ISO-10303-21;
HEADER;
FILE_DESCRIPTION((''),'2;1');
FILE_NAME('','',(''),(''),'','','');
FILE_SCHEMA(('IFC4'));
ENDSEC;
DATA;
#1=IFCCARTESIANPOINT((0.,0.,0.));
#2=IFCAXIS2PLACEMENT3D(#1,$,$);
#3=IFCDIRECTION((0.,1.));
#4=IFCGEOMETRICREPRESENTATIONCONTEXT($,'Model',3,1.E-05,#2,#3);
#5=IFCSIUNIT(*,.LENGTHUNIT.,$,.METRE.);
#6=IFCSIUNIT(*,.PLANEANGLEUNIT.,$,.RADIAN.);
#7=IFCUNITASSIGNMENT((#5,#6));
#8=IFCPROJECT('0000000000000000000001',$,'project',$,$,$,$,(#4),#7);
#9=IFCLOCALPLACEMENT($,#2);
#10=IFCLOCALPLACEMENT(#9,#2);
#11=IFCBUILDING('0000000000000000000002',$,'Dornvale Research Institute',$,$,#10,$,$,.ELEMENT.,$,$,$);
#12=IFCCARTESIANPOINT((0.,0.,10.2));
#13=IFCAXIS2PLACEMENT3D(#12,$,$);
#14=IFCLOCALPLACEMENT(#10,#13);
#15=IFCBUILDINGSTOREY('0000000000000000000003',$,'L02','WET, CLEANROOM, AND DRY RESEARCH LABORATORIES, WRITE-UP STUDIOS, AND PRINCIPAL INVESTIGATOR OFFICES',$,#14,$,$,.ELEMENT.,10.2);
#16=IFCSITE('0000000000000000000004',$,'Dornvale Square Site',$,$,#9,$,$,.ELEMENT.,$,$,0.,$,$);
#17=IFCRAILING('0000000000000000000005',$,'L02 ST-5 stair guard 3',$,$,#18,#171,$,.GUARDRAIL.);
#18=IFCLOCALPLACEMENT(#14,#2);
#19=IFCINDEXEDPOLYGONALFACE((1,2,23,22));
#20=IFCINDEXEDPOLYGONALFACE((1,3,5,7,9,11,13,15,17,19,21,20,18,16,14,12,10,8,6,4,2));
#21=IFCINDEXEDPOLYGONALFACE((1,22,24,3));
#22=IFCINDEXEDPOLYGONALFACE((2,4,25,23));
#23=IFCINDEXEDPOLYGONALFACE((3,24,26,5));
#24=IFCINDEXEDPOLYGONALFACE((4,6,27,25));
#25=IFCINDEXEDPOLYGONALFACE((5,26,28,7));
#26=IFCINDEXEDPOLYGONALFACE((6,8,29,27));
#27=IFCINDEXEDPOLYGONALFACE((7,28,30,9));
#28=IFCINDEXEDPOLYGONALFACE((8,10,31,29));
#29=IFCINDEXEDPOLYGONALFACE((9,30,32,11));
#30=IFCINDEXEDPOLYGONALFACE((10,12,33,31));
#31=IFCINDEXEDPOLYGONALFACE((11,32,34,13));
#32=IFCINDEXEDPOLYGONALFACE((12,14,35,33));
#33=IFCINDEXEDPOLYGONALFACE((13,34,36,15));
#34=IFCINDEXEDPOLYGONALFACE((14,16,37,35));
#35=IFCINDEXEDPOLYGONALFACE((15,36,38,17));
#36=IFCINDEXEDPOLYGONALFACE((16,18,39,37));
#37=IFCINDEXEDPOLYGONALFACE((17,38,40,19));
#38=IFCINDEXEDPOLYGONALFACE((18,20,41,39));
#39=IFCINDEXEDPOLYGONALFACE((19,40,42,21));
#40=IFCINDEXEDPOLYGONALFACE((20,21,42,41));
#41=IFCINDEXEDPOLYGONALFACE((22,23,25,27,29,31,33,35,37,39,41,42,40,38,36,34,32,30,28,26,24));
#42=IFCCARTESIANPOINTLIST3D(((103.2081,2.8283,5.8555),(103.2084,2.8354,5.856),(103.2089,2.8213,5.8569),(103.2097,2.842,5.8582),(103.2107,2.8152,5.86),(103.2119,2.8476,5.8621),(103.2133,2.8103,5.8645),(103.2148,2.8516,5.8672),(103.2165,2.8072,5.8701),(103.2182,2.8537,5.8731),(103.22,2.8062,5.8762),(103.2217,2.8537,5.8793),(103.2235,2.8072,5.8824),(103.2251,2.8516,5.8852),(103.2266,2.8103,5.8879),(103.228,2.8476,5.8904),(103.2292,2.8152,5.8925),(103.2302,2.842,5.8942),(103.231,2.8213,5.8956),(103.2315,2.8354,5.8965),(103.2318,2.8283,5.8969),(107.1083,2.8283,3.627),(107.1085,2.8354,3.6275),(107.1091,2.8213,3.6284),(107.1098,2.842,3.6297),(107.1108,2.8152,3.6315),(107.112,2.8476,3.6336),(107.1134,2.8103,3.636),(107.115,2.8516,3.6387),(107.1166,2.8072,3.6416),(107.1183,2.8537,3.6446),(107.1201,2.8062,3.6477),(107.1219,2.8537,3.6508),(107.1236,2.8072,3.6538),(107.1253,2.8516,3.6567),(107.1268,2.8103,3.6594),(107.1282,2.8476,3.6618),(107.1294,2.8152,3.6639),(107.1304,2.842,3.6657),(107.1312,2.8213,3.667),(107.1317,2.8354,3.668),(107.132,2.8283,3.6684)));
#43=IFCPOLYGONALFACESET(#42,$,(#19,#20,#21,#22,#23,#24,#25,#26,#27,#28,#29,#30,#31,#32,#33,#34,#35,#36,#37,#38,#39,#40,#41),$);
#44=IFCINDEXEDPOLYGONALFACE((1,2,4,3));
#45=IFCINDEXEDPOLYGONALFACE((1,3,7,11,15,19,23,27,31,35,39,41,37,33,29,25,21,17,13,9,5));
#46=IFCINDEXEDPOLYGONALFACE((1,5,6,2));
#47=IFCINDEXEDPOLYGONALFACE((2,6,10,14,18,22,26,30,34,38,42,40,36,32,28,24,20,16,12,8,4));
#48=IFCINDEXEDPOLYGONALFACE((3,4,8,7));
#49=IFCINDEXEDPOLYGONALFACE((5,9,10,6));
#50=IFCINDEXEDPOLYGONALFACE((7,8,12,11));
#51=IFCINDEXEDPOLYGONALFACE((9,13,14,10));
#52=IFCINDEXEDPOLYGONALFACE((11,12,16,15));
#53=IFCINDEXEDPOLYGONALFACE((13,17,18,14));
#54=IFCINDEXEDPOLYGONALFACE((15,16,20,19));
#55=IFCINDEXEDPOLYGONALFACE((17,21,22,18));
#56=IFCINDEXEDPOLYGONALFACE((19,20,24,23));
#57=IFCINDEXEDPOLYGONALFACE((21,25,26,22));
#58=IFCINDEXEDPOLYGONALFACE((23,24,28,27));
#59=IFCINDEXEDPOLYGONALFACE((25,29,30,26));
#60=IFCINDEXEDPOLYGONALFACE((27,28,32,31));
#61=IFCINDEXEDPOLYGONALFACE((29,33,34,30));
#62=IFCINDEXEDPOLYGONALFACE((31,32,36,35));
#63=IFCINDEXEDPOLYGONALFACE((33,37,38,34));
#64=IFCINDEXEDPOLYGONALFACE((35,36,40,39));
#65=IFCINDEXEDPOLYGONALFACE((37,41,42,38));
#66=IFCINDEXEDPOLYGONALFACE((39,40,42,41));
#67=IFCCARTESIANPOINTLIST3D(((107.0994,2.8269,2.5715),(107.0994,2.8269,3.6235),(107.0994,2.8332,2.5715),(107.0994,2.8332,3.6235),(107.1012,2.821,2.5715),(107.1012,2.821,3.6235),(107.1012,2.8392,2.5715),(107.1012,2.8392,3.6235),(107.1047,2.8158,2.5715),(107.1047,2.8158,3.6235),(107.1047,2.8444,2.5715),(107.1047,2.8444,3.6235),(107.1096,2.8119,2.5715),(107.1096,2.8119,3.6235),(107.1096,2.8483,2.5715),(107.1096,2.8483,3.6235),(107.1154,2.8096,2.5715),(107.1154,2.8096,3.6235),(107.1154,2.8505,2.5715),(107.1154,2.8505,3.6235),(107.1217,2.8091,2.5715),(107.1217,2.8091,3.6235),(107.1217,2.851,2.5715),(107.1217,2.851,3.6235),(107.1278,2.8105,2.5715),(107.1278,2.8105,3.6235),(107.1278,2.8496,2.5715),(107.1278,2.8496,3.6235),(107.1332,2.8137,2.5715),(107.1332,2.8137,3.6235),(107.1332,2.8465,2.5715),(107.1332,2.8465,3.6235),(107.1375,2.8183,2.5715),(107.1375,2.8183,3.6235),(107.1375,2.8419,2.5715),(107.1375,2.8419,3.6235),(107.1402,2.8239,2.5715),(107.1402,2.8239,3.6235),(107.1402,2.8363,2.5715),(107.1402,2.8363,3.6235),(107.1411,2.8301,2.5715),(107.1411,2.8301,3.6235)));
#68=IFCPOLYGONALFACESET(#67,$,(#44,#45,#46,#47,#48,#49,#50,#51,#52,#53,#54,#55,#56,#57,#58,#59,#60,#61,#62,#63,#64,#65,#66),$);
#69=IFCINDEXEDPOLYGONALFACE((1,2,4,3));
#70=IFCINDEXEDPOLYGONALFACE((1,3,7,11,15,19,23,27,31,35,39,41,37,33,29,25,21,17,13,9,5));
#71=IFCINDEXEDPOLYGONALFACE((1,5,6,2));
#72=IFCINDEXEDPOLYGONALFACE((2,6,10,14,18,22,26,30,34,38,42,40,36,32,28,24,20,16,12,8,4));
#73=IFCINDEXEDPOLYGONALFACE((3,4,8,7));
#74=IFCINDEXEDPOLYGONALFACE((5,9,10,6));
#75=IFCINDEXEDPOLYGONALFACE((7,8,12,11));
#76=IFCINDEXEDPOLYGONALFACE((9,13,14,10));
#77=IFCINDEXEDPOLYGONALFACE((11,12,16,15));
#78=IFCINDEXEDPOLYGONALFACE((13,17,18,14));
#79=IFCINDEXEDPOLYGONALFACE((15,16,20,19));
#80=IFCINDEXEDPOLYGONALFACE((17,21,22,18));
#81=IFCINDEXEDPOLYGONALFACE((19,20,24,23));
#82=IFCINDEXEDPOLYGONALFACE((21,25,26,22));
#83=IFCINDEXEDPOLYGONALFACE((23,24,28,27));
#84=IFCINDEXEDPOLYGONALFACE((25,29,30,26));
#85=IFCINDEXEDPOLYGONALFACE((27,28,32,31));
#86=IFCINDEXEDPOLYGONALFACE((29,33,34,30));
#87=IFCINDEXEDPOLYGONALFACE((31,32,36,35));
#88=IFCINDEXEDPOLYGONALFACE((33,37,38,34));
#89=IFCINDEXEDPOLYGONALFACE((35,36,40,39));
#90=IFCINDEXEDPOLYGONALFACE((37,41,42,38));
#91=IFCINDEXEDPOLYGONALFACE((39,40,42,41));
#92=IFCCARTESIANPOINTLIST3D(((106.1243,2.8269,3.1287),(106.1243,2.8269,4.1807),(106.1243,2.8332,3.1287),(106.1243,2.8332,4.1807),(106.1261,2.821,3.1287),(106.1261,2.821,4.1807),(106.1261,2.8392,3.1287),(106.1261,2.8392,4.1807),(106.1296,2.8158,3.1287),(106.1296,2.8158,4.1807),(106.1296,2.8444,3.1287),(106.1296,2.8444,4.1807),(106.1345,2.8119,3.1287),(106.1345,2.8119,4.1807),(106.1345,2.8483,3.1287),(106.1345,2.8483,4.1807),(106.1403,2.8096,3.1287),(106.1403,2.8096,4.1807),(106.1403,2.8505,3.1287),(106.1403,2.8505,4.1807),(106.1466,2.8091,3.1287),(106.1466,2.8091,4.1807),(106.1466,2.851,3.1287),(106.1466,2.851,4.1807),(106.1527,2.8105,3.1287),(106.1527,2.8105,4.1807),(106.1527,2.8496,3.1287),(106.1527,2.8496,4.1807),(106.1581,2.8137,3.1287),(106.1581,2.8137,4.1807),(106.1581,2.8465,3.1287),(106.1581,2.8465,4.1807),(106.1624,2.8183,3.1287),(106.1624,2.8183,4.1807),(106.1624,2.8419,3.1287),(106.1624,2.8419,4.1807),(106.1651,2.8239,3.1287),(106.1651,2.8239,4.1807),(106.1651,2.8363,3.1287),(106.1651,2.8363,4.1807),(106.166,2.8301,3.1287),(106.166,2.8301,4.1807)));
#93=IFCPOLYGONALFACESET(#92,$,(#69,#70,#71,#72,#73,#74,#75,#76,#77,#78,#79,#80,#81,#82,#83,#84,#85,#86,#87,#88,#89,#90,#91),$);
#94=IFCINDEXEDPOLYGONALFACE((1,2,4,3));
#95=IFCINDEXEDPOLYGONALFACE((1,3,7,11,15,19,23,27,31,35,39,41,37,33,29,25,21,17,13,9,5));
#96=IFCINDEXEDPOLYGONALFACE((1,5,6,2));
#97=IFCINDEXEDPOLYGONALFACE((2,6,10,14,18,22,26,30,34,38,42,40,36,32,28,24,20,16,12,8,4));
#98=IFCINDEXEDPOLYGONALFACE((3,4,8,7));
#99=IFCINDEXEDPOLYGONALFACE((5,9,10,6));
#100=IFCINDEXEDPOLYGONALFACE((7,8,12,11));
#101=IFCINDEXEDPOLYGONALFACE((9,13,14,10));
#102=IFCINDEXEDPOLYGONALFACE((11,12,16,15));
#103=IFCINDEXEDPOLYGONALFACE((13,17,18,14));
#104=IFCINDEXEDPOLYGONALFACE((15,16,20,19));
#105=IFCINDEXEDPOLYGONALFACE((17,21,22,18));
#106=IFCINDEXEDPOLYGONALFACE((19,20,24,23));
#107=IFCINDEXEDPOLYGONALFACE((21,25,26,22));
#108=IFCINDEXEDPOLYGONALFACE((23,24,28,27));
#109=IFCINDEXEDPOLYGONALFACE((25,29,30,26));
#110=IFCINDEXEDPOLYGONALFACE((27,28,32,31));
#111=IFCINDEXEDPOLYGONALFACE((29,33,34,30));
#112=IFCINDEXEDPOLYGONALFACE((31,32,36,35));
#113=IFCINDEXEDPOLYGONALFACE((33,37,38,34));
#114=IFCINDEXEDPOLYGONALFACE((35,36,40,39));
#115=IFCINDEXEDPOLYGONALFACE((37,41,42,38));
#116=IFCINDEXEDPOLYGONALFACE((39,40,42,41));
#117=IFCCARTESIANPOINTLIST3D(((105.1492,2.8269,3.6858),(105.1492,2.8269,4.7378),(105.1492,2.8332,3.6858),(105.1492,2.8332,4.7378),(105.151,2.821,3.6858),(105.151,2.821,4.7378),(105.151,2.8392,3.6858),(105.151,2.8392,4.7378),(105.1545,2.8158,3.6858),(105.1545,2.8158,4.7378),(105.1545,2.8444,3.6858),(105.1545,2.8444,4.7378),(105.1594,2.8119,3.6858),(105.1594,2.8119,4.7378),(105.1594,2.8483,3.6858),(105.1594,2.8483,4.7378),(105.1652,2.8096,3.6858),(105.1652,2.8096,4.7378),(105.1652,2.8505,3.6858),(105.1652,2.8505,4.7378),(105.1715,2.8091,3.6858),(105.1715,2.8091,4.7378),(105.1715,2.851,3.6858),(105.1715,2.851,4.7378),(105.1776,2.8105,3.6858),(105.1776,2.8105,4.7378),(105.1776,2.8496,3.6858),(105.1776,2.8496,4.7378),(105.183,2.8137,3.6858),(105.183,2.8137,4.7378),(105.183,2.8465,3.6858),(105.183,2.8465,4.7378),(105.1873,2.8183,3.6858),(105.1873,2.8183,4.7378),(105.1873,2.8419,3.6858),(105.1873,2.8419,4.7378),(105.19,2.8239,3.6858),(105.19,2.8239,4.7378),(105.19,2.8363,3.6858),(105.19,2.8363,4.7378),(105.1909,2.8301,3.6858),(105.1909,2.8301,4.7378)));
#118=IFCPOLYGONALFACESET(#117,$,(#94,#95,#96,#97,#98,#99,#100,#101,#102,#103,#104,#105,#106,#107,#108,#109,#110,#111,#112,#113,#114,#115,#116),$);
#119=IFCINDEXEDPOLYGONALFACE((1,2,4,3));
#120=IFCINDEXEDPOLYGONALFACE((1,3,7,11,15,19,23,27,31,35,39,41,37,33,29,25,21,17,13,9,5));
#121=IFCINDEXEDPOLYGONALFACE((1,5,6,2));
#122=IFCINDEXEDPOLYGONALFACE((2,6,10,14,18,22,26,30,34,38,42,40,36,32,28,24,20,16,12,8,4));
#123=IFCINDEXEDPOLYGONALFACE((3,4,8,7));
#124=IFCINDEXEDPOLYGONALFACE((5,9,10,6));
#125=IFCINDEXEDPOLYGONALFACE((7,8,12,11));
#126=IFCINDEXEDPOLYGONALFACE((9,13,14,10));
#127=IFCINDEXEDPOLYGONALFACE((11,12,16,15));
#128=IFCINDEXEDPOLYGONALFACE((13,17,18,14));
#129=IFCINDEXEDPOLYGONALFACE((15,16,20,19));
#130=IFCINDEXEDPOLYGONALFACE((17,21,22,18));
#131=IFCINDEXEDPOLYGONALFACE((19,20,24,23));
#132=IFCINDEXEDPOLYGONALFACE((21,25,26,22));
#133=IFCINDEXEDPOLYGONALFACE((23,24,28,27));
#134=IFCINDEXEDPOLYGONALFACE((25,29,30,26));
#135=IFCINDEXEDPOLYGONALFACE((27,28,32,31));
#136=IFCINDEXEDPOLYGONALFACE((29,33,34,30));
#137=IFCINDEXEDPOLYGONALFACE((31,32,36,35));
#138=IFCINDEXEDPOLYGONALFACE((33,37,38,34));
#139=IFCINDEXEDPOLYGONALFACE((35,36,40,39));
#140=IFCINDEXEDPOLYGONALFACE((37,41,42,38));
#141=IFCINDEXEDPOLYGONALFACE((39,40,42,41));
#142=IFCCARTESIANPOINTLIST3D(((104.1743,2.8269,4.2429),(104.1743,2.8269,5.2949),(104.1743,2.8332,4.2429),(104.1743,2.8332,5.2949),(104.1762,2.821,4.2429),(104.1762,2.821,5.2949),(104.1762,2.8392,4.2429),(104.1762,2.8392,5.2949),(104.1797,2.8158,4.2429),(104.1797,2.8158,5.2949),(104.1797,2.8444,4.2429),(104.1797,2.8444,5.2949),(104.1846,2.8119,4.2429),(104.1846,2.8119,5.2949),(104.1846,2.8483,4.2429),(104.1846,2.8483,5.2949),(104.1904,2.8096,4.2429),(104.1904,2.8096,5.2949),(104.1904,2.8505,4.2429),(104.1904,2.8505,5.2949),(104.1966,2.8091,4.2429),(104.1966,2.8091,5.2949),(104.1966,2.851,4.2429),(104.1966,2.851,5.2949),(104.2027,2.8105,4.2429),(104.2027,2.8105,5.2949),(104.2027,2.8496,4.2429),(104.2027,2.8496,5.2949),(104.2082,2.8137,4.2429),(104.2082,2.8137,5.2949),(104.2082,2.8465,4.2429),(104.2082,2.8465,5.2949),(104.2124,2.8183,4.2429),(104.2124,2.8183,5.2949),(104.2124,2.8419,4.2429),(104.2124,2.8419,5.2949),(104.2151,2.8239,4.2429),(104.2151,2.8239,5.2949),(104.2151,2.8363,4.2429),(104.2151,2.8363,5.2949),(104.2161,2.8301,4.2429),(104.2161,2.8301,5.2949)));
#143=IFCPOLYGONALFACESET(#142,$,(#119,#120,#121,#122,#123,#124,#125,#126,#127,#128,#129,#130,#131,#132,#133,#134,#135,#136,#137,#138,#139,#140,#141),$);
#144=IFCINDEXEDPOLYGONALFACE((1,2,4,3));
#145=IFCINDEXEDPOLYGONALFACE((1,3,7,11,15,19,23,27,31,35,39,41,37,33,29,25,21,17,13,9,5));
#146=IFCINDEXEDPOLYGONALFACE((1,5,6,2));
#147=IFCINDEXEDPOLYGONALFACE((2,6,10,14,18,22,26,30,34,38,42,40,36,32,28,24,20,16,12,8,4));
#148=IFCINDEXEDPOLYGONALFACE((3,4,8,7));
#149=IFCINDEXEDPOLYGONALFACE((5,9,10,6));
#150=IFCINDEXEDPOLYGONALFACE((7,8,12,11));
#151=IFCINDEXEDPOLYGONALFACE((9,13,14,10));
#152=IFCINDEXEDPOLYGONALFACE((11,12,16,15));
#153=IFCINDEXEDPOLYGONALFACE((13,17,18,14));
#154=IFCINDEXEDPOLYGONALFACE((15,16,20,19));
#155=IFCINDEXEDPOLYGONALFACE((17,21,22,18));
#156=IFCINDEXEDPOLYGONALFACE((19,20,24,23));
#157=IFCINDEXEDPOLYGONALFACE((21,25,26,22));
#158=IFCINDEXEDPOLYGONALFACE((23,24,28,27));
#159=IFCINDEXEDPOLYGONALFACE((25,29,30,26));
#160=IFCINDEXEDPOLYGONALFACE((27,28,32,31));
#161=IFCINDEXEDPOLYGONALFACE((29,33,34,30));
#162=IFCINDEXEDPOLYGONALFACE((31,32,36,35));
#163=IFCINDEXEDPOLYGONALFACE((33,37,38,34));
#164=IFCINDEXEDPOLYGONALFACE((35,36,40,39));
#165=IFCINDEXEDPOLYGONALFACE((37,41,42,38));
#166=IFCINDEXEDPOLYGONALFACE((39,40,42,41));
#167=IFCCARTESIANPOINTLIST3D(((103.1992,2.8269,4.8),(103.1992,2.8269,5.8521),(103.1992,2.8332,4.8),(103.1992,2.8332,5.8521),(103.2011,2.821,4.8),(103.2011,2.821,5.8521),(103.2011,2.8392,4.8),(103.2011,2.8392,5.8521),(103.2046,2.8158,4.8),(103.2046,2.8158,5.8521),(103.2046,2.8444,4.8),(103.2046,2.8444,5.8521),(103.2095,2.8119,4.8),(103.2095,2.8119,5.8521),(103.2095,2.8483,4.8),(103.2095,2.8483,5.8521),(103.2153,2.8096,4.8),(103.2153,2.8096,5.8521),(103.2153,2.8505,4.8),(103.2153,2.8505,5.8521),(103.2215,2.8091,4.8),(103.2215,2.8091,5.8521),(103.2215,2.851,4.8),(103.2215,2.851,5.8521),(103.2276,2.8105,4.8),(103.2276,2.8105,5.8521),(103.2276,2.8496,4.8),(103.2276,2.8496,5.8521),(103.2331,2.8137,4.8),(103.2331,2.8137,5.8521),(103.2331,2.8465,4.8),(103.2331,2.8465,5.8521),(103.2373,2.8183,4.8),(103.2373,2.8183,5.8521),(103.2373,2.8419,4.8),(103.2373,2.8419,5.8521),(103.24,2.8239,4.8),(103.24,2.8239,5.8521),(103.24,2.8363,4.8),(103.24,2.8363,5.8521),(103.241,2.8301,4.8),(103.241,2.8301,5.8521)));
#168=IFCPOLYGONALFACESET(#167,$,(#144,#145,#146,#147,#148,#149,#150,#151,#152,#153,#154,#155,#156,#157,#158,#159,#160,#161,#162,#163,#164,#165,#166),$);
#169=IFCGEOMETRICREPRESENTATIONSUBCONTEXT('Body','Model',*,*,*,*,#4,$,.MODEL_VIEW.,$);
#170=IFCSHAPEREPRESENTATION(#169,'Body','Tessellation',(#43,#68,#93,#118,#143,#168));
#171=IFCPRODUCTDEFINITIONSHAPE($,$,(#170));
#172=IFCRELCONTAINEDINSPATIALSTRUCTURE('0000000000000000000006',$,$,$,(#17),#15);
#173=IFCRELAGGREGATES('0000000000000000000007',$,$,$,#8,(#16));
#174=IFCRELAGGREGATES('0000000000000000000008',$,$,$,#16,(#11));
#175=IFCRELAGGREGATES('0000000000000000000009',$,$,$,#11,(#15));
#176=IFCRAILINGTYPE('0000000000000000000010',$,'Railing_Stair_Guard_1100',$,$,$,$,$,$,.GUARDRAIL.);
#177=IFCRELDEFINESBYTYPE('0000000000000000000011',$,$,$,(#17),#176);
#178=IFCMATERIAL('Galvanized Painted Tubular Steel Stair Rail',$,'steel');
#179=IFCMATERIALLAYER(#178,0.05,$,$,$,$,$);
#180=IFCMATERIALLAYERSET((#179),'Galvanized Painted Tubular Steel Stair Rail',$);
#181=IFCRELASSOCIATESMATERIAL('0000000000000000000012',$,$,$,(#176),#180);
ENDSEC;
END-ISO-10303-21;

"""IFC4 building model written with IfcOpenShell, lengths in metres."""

from ifc_helpers import new_model, si_unit, direction, frame, origin, origin_2d, place, context, subcontext, project, spatial, circle, extrude, material, layer, layer_set, type_object, element, save


model = new_model("IFC4")

# Units and contexts
model_context = context("Model", 3, precision=1e-05, world=origin(), true_north=direction((0.0, 1.0)))
body_context = subcontext(model_context, "Body", "Model", "MODEL_VIEW")
ifc_project = project(units=[si_unit("LENGTHUNIT", "METRE"), si_unit("PLANEANGLEUNIT", "RADIAN")], contexts=[model_context])

# Site, building, storey
site_placement = place(None, origin())
site = spatial("IfcSite", under=ifc_project, at=site_placement, Name="Dornvale Square Site", CompositionType="ELEMENT", RefElevation=0.0)
building_placement = place(site_placement, origin())
building = spatial("IfcBuilding", under=site, at=building_placement, Name="Dornvale Research Institute", CompositionType="ELEMENT")
storey_placement = place(building_placement, frame((0.0, 0.0, 10.2)))
storey = spatial("IfcBuildingStorey", under=building, at=storey_placement, Name="L02", Description="WET, CLEANROOM, AND DRY RESEARCH LABORATORIES, WRITE-UP STUDIOS, AND PRINCIPAL INVESTIGATOR OFFICES", CompositionType="ELEMENT", Elevation=10.2)

# Railing
ifc_material_1 = material(Name="Galvanized Painted Tubular Steel Stair Rail", Category="steel")
ifc_layer_1 = layer(ifc_material_1, 0.05)
ifc_layer_set_1 = layer_set([ifc_layer_1], Name="Galvanized Painted Tubular Steel Stair Rail")
railing_type_1 = type_object("IfcRailingType", Name="Railing_Stair_Guard_1100", PredefinedType="GUARDRAIL", material=ifc_layer_set_1)
railing_1_placement = place(storey_placement, frame((107.1201, 2.8301, 2.5715)))
element("IfcRailing", 1, at=railing_1_placement, inside=storey, type_object=railing_type_1, Name="L02 ST-5 stair guard 3", PredefinedType="GUARDRAIL", context=body_context, shape_type="SweptSolid", body=[
    extrude(circle(Radius=0.0239, at=origin_2d()), frame((0.0, 0.0, 1.0762), z_axis=(-0.868257, 0.0, 0.496116), x_axis=(0.0, -1.0, 0.0)), (0.0, 0.0, 1.0), 4.4919),
    extrude(circle(Radius=0.021, at=origin_2d()), origin(), (0.0, 0.0, 1.0), 1.052),
    extrude(circle(Radius=0.021, at=origin_2d()), frame((-0.9751, 0.0, 0.5571)), (0.0, 0.0, 1.0), 1.052),
    extrude(circle(Radius=0.021, at=origin_2d()), frame((-1.9502, 0.0, 1.1143)), (0.0, 0.0, 1.0), 1.052),
    extrude(circle(Radius=0.021, at=origin_2d()), frame((-2.925, 0.0, 1.6714)), (0.0, 0.0, 1.0), 1.052),
    extrude(circle(Radius=0.021, at=origin_2d()), frame((-3.9001, 0.0, 2.2285)), (0.0, 0.0, 1.0), 1.052),
])

save(model, "model.ifc")
